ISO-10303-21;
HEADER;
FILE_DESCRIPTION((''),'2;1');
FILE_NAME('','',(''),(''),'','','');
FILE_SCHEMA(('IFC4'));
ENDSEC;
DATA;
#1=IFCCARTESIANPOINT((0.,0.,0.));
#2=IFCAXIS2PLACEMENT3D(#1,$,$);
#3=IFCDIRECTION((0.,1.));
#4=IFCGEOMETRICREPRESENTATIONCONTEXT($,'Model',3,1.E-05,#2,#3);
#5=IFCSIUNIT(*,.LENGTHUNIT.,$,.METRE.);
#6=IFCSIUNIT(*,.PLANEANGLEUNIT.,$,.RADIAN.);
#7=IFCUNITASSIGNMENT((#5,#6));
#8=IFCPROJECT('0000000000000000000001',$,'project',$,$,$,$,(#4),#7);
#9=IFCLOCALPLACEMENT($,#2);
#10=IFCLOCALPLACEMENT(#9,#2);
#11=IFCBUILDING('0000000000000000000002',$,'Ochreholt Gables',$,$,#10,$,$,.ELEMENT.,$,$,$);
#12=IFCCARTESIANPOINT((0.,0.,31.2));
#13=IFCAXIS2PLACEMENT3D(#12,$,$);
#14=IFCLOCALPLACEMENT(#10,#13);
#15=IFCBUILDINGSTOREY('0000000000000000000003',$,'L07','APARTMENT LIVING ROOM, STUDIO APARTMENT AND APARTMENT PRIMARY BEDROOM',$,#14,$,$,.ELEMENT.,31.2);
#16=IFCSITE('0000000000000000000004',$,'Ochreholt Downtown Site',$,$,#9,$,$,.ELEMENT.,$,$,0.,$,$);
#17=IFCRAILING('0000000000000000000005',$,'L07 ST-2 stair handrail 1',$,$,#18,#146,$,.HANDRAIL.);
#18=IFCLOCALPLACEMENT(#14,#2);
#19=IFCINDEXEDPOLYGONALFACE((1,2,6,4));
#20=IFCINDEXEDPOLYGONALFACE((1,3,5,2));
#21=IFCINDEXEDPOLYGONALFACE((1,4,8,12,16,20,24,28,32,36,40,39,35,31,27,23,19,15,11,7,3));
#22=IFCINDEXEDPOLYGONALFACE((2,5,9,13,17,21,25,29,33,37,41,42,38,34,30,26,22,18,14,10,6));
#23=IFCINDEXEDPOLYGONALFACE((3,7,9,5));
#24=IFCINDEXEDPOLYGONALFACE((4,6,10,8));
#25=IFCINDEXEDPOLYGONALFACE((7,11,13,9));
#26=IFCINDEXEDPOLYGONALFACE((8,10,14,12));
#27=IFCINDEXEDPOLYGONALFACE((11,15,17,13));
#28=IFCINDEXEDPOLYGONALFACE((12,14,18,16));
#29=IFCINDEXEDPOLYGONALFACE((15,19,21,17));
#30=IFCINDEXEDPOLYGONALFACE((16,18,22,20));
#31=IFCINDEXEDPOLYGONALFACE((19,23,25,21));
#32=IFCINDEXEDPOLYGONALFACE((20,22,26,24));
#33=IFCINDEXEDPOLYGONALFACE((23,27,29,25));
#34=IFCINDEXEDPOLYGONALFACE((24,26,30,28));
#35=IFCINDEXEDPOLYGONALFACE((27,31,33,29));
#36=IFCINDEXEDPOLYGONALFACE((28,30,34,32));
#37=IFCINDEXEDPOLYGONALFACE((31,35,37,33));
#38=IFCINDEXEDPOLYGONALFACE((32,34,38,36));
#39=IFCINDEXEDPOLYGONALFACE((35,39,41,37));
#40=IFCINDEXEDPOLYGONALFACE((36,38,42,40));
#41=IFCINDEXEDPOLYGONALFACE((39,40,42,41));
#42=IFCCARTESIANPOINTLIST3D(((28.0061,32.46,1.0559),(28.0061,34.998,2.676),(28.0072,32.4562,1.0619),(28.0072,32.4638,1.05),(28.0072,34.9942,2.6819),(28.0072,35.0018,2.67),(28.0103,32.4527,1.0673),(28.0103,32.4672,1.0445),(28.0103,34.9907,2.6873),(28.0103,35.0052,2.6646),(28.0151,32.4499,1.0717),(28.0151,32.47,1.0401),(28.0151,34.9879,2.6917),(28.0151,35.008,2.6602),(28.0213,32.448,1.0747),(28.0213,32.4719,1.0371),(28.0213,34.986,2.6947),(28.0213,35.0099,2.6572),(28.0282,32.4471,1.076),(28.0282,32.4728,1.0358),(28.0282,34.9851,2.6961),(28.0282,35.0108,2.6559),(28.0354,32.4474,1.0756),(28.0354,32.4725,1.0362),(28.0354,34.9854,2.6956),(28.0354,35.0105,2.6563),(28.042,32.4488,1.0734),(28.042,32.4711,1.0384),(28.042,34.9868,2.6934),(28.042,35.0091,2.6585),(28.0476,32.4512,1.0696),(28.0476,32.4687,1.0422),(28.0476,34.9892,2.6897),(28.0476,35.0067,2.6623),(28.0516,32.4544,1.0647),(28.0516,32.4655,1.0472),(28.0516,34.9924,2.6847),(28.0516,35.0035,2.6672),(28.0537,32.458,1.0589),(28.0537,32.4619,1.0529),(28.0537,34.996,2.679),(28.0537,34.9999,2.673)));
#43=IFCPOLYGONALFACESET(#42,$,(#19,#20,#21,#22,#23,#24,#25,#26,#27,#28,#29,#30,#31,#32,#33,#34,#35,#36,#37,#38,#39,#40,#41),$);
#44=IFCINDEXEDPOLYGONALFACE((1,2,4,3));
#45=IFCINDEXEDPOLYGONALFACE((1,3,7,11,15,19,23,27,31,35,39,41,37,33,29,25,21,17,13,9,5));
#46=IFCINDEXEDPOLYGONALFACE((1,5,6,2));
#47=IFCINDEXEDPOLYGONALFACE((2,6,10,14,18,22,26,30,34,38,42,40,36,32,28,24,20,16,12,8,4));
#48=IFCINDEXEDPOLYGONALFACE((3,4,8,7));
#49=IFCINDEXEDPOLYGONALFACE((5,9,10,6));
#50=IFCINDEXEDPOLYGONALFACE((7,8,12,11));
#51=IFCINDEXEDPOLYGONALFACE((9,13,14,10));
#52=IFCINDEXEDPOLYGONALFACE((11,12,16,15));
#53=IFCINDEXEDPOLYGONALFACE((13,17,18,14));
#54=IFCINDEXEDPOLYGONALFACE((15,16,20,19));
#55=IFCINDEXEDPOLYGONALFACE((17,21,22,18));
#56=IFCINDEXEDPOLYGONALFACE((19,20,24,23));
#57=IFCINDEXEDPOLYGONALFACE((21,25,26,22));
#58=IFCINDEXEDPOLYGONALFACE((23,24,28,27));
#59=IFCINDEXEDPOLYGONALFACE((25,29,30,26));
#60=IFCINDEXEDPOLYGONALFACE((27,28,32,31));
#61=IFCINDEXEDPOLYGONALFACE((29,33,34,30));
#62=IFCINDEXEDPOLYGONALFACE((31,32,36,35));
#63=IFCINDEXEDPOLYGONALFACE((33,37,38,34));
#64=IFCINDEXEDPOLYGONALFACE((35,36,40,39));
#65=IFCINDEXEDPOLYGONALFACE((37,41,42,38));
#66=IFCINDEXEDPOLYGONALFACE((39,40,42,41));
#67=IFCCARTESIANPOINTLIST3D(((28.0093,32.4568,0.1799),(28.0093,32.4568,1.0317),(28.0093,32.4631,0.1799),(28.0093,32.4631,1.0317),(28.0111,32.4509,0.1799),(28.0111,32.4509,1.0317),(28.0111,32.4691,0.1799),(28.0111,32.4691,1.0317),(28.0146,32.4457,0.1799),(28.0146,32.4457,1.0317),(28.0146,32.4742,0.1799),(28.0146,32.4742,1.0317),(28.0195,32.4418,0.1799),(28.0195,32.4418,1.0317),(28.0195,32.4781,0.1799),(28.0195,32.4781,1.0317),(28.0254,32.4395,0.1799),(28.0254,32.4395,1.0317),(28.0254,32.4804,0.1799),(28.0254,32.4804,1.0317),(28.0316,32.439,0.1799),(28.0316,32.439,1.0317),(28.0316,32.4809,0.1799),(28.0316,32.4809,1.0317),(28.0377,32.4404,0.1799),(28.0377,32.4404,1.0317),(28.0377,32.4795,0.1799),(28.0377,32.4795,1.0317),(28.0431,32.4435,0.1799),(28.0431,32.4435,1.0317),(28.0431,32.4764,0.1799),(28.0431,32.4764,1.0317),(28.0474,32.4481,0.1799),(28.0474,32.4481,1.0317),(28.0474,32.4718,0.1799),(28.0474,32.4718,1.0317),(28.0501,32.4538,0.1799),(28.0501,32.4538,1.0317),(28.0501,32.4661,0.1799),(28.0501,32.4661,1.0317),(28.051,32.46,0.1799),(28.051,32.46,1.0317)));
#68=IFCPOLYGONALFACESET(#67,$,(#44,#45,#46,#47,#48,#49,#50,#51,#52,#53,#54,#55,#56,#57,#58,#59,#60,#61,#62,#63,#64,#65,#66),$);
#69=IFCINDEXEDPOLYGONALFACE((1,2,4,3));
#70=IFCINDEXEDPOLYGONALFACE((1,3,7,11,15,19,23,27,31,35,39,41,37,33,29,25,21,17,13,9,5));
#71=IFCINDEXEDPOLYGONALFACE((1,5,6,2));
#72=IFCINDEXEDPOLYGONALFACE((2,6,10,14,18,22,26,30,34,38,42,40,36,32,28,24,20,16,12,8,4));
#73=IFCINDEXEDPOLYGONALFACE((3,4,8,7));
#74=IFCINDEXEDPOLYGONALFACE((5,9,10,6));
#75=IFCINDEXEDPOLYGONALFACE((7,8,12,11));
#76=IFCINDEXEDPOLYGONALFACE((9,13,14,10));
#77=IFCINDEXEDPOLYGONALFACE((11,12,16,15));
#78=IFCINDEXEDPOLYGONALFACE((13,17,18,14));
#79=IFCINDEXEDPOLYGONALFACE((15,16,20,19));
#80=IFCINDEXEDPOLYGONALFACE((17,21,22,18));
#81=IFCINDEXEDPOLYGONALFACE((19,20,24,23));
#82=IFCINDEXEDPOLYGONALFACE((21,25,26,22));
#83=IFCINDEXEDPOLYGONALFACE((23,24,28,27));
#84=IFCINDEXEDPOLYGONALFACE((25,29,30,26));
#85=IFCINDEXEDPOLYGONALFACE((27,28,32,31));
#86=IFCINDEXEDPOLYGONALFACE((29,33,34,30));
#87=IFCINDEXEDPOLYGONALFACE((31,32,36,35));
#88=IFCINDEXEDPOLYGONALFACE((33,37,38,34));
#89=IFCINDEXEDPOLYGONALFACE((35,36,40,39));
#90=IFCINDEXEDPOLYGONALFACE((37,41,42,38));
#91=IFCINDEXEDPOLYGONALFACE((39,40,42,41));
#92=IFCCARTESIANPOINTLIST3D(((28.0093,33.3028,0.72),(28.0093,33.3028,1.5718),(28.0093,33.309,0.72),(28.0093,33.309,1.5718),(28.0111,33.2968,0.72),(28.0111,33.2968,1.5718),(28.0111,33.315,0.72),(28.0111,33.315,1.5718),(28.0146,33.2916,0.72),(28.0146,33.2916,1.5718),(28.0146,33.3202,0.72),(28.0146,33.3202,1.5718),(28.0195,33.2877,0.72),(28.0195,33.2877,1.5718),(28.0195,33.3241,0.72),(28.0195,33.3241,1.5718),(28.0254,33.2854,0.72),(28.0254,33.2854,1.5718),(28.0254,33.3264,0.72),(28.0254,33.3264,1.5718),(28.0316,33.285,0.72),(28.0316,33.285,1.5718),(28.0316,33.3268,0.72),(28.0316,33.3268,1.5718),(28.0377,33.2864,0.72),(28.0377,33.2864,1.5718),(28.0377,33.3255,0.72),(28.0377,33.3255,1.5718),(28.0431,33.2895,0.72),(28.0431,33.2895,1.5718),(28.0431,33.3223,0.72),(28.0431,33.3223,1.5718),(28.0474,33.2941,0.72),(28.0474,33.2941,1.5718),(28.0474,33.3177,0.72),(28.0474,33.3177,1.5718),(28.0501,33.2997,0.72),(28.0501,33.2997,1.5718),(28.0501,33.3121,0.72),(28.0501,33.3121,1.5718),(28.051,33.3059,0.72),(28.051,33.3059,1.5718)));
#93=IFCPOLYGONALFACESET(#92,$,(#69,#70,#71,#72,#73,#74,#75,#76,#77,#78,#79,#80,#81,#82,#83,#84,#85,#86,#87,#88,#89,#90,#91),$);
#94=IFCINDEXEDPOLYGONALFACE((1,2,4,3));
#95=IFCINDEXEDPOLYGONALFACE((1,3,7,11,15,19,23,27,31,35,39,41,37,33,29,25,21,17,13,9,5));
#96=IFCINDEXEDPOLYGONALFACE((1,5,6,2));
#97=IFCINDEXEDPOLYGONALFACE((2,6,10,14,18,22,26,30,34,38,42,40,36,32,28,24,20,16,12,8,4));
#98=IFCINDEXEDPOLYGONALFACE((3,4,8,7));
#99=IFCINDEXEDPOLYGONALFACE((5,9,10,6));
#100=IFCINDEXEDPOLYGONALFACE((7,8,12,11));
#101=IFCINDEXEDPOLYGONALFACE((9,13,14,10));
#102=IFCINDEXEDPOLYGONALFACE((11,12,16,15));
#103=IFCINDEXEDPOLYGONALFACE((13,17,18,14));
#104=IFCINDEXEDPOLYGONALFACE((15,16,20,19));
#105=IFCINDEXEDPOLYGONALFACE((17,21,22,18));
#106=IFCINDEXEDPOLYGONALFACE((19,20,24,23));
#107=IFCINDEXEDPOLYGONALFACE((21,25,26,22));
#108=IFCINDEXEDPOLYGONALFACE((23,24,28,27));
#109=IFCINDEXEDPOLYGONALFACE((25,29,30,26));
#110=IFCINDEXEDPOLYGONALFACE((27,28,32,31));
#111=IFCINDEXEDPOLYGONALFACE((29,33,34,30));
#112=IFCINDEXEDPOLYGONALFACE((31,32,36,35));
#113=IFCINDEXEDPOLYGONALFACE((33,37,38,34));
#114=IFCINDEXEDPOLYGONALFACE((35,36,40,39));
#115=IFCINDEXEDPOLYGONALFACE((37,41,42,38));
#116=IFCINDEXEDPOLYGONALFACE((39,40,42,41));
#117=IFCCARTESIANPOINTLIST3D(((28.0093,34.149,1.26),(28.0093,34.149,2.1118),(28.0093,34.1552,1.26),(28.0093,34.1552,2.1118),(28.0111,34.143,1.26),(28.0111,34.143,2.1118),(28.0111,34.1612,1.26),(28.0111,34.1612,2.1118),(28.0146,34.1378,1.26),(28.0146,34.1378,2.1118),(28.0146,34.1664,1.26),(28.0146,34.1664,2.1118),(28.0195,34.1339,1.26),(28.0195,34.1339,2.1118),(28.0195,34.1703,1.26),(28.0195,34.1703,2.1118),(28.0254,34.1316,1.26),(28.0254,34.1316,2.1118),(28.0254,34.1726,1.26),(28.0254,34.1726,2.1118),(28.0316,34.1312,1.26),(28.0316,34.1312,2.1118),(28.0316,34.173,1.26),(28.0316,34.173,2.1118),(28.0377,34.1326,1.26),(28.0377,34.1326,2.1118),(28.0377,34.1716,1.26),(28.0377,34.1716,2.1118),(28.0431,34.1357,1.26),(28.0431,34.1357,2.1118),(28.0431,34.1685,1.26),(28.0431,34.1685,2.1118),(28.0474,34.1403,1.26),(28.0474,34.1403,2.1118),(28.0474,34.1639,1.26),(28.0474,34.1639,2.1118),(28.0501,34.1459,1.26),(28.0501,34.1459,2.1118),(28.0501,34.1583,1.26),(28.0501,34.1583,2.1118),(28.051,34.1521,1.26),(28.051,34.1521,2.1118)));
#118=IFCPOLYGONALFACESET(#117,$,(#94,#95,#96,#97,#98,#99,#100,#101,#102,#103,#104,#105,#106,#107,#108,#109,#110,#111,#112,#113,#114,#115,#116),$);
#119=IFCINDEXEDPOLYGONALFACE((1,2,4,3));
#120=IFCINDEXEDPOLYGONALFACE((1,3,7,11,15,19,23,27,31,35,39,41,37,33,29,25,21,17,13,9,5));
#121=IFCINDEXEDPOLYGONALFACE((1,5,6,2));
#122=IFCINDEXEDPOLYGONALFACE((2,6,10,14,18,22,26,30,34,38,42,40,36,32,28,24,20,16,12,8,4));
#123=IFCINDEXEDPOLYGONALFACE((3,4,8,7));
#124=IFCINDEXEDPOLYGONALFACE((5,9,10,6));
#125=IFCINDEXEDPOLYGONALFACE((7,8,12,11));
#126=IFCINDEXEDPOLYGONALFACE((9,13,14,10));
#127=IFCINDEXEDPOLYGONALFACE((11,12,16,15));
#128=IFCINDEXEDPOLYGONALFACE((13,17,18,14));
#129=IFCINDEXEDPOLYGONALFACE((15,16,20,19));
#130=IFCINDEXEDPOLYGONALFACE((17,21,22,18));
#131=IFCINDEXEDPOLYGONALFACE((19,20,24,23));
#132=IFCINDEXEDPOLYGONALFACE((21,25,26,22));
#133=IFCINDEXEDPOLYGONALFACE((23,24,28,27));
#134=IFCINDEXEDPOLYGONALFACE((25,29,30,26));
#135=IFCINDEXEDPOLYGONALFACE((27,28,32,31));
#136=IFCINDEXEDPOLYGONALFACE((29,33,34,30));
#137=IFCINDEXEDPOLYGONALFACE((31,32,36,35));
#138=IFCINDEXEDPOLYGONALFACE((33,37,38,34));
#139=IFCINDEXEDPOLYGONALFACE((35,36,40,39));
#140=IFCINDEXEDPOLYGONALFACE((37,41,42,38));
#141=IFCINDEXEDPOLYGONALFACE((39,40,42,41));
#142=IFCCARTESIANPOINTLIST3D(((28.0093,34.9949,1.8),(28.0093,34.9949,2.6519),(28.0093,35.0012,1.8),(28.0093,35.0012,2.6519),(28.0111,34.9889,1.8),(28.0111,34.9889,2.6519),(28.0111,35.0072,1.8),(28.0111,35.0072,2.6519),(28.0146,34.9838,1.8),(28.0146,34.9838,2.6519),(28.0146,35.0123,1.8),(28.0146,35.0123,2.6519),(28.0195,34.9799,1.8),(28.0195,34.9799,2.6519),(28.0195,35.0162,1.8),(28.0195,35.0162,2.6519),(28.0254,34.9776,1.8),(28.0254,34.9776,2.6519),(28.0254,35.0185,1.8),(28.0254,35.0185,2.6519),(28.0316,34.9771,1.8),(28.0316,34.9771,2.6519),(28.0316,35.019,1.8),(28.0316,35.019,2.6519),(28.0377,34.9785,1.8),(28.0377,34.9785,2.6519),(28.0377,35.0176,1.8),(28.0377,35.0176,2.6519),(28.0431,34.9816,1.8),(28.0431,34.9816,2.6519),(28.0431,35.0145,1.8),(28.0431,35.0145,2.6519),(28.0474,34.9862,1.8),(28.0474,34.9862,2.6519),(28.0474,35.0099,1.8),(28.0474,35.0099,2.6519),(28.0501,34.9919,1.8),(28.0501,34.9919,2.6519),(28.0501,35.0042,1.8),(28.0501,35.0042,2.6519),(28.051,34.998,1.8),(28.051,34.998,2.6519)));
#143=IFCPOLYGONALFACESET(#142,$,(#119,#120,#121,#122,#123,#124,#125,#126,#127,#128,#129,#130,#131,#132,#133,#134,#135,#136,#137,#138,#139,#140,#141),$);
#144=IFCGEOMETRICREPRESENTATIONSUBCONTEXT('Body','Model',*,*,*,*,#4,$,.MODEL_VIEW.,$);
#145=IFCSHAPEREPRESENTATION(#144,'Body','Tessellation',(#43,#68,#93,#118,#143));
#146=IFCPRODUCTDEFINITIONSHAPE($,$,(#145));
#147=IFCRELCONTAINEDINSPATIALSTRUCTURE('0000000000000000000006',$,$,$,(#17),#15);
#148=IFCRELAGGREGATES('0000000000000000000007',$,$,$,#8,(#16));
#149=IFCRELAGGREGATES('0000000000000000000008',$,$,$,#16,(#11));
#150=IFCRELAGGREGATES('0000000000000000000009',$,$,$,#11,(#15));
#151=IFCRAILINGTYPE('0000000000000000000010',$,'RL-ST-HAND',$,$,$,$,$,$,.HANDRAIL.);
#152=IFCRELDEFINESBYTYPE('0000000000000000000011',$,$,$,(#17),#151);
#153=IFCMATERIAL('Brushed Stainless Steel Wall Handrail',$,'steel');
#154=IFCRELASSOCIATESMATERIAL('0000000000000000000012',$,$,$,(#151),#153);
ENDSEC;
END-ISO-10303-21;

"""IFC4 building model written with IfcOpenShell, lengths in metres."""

from ifc_helpers import new_model, si_unit, direction, frame, origin, origin_2d, place, context, subcontext, project, spatial, circle, extrude, material, type_object, element, save


model = new_model("IFC4")

# Units and contexts
model_context = context("Model", 3, precision=1e-05, world=origin(), true_north=direction((0.0, 1.0)))
body_context = subcontext(model_context, "Body", "Model", "MODEL_VIEW")
ifc_project = project(units=[si_unit("LENGTHUNIT", "METRE"), si_unit("PLANEANGLEUNIT", "RADIAN")], contexts=[model_context])

# Site, building, storey
site_placement = place(None, origin())
site = spatial("IfcSite", under=ifc_project, at=site_placement, Name="Ochreholt Downtown Site", CompositionType="ELEMENT", RefElevation=0.0)
building_placement = place(site_placement, origin())
building = spatial("IfcBuilding", under=site, at=building_placement, Name="Ochreholt Gables", CompositionType="ELEMENT")
storey_placement = place(building_placement, frame((0.0, 0.0, 31.2)))
storey = spatial("IfcBuildingStorey", under=building, at=storey_placement, Name="L07", Description="APARTMENT LIVING ROOM, STUDIO APARTMENT AND APARTMENT PRIMARY BEDROOM", CompositionType="ELEMENT", Elevation=31.2)

# Railing
ifc_material_1 = material(Name="Brushed Stainless Steel Wall Handrail", Category="steel")
railing_type_1 = type_object("IfcRailingType", Name="RL-ST-HAND", PredefinedType="HANDRAIL", material=ifc_material_1)
railing_1_placement = place(storey_placement, frame((28.03, 32.46, 0.1799)))
element("IfcRailing", 1, at=railing_1_placement, inside=storey, type_object=railing_type_1, Name="L07 ST-2 stair handrail 1", PredefinedType="HANDRAIL", context=body_context, shape_type="SweptSolid", body=[
    extrude(circle(Radius=0.0239, at=origin_2d()), frame((0.0, 0.0, 0.876), z_axis=(0.0, 0.842913, 0.53805), x_axis=(-1.0, 0.0, 0.0)), (0.0, 0.0, 1.0), 3.011),
    extrude(circle(Radius=0.021, at=origin_2d()), origin(), (0.0, 0.0, 1.0), 0.8518),
    extrude(circle(Radius=0.021, at=origin_2d()), frame((0.0, 0.8459, 0.54)), (0.0, 0.0, 1.0), 0.8518),
    extrude(circle(Radius=0.021, at=origin_2d()), frame((0.0, 1.6921, 1.0801)), (0.0, 0.0, 1.0), 0.8518),
    extrude(circle(Radius=0.021, at=origin_2d()), frame((0.0, 2.5381, 1.6201)), (0.0, 0.0, 1.0), 0.8518),
])

save(model, "model.ifc")
